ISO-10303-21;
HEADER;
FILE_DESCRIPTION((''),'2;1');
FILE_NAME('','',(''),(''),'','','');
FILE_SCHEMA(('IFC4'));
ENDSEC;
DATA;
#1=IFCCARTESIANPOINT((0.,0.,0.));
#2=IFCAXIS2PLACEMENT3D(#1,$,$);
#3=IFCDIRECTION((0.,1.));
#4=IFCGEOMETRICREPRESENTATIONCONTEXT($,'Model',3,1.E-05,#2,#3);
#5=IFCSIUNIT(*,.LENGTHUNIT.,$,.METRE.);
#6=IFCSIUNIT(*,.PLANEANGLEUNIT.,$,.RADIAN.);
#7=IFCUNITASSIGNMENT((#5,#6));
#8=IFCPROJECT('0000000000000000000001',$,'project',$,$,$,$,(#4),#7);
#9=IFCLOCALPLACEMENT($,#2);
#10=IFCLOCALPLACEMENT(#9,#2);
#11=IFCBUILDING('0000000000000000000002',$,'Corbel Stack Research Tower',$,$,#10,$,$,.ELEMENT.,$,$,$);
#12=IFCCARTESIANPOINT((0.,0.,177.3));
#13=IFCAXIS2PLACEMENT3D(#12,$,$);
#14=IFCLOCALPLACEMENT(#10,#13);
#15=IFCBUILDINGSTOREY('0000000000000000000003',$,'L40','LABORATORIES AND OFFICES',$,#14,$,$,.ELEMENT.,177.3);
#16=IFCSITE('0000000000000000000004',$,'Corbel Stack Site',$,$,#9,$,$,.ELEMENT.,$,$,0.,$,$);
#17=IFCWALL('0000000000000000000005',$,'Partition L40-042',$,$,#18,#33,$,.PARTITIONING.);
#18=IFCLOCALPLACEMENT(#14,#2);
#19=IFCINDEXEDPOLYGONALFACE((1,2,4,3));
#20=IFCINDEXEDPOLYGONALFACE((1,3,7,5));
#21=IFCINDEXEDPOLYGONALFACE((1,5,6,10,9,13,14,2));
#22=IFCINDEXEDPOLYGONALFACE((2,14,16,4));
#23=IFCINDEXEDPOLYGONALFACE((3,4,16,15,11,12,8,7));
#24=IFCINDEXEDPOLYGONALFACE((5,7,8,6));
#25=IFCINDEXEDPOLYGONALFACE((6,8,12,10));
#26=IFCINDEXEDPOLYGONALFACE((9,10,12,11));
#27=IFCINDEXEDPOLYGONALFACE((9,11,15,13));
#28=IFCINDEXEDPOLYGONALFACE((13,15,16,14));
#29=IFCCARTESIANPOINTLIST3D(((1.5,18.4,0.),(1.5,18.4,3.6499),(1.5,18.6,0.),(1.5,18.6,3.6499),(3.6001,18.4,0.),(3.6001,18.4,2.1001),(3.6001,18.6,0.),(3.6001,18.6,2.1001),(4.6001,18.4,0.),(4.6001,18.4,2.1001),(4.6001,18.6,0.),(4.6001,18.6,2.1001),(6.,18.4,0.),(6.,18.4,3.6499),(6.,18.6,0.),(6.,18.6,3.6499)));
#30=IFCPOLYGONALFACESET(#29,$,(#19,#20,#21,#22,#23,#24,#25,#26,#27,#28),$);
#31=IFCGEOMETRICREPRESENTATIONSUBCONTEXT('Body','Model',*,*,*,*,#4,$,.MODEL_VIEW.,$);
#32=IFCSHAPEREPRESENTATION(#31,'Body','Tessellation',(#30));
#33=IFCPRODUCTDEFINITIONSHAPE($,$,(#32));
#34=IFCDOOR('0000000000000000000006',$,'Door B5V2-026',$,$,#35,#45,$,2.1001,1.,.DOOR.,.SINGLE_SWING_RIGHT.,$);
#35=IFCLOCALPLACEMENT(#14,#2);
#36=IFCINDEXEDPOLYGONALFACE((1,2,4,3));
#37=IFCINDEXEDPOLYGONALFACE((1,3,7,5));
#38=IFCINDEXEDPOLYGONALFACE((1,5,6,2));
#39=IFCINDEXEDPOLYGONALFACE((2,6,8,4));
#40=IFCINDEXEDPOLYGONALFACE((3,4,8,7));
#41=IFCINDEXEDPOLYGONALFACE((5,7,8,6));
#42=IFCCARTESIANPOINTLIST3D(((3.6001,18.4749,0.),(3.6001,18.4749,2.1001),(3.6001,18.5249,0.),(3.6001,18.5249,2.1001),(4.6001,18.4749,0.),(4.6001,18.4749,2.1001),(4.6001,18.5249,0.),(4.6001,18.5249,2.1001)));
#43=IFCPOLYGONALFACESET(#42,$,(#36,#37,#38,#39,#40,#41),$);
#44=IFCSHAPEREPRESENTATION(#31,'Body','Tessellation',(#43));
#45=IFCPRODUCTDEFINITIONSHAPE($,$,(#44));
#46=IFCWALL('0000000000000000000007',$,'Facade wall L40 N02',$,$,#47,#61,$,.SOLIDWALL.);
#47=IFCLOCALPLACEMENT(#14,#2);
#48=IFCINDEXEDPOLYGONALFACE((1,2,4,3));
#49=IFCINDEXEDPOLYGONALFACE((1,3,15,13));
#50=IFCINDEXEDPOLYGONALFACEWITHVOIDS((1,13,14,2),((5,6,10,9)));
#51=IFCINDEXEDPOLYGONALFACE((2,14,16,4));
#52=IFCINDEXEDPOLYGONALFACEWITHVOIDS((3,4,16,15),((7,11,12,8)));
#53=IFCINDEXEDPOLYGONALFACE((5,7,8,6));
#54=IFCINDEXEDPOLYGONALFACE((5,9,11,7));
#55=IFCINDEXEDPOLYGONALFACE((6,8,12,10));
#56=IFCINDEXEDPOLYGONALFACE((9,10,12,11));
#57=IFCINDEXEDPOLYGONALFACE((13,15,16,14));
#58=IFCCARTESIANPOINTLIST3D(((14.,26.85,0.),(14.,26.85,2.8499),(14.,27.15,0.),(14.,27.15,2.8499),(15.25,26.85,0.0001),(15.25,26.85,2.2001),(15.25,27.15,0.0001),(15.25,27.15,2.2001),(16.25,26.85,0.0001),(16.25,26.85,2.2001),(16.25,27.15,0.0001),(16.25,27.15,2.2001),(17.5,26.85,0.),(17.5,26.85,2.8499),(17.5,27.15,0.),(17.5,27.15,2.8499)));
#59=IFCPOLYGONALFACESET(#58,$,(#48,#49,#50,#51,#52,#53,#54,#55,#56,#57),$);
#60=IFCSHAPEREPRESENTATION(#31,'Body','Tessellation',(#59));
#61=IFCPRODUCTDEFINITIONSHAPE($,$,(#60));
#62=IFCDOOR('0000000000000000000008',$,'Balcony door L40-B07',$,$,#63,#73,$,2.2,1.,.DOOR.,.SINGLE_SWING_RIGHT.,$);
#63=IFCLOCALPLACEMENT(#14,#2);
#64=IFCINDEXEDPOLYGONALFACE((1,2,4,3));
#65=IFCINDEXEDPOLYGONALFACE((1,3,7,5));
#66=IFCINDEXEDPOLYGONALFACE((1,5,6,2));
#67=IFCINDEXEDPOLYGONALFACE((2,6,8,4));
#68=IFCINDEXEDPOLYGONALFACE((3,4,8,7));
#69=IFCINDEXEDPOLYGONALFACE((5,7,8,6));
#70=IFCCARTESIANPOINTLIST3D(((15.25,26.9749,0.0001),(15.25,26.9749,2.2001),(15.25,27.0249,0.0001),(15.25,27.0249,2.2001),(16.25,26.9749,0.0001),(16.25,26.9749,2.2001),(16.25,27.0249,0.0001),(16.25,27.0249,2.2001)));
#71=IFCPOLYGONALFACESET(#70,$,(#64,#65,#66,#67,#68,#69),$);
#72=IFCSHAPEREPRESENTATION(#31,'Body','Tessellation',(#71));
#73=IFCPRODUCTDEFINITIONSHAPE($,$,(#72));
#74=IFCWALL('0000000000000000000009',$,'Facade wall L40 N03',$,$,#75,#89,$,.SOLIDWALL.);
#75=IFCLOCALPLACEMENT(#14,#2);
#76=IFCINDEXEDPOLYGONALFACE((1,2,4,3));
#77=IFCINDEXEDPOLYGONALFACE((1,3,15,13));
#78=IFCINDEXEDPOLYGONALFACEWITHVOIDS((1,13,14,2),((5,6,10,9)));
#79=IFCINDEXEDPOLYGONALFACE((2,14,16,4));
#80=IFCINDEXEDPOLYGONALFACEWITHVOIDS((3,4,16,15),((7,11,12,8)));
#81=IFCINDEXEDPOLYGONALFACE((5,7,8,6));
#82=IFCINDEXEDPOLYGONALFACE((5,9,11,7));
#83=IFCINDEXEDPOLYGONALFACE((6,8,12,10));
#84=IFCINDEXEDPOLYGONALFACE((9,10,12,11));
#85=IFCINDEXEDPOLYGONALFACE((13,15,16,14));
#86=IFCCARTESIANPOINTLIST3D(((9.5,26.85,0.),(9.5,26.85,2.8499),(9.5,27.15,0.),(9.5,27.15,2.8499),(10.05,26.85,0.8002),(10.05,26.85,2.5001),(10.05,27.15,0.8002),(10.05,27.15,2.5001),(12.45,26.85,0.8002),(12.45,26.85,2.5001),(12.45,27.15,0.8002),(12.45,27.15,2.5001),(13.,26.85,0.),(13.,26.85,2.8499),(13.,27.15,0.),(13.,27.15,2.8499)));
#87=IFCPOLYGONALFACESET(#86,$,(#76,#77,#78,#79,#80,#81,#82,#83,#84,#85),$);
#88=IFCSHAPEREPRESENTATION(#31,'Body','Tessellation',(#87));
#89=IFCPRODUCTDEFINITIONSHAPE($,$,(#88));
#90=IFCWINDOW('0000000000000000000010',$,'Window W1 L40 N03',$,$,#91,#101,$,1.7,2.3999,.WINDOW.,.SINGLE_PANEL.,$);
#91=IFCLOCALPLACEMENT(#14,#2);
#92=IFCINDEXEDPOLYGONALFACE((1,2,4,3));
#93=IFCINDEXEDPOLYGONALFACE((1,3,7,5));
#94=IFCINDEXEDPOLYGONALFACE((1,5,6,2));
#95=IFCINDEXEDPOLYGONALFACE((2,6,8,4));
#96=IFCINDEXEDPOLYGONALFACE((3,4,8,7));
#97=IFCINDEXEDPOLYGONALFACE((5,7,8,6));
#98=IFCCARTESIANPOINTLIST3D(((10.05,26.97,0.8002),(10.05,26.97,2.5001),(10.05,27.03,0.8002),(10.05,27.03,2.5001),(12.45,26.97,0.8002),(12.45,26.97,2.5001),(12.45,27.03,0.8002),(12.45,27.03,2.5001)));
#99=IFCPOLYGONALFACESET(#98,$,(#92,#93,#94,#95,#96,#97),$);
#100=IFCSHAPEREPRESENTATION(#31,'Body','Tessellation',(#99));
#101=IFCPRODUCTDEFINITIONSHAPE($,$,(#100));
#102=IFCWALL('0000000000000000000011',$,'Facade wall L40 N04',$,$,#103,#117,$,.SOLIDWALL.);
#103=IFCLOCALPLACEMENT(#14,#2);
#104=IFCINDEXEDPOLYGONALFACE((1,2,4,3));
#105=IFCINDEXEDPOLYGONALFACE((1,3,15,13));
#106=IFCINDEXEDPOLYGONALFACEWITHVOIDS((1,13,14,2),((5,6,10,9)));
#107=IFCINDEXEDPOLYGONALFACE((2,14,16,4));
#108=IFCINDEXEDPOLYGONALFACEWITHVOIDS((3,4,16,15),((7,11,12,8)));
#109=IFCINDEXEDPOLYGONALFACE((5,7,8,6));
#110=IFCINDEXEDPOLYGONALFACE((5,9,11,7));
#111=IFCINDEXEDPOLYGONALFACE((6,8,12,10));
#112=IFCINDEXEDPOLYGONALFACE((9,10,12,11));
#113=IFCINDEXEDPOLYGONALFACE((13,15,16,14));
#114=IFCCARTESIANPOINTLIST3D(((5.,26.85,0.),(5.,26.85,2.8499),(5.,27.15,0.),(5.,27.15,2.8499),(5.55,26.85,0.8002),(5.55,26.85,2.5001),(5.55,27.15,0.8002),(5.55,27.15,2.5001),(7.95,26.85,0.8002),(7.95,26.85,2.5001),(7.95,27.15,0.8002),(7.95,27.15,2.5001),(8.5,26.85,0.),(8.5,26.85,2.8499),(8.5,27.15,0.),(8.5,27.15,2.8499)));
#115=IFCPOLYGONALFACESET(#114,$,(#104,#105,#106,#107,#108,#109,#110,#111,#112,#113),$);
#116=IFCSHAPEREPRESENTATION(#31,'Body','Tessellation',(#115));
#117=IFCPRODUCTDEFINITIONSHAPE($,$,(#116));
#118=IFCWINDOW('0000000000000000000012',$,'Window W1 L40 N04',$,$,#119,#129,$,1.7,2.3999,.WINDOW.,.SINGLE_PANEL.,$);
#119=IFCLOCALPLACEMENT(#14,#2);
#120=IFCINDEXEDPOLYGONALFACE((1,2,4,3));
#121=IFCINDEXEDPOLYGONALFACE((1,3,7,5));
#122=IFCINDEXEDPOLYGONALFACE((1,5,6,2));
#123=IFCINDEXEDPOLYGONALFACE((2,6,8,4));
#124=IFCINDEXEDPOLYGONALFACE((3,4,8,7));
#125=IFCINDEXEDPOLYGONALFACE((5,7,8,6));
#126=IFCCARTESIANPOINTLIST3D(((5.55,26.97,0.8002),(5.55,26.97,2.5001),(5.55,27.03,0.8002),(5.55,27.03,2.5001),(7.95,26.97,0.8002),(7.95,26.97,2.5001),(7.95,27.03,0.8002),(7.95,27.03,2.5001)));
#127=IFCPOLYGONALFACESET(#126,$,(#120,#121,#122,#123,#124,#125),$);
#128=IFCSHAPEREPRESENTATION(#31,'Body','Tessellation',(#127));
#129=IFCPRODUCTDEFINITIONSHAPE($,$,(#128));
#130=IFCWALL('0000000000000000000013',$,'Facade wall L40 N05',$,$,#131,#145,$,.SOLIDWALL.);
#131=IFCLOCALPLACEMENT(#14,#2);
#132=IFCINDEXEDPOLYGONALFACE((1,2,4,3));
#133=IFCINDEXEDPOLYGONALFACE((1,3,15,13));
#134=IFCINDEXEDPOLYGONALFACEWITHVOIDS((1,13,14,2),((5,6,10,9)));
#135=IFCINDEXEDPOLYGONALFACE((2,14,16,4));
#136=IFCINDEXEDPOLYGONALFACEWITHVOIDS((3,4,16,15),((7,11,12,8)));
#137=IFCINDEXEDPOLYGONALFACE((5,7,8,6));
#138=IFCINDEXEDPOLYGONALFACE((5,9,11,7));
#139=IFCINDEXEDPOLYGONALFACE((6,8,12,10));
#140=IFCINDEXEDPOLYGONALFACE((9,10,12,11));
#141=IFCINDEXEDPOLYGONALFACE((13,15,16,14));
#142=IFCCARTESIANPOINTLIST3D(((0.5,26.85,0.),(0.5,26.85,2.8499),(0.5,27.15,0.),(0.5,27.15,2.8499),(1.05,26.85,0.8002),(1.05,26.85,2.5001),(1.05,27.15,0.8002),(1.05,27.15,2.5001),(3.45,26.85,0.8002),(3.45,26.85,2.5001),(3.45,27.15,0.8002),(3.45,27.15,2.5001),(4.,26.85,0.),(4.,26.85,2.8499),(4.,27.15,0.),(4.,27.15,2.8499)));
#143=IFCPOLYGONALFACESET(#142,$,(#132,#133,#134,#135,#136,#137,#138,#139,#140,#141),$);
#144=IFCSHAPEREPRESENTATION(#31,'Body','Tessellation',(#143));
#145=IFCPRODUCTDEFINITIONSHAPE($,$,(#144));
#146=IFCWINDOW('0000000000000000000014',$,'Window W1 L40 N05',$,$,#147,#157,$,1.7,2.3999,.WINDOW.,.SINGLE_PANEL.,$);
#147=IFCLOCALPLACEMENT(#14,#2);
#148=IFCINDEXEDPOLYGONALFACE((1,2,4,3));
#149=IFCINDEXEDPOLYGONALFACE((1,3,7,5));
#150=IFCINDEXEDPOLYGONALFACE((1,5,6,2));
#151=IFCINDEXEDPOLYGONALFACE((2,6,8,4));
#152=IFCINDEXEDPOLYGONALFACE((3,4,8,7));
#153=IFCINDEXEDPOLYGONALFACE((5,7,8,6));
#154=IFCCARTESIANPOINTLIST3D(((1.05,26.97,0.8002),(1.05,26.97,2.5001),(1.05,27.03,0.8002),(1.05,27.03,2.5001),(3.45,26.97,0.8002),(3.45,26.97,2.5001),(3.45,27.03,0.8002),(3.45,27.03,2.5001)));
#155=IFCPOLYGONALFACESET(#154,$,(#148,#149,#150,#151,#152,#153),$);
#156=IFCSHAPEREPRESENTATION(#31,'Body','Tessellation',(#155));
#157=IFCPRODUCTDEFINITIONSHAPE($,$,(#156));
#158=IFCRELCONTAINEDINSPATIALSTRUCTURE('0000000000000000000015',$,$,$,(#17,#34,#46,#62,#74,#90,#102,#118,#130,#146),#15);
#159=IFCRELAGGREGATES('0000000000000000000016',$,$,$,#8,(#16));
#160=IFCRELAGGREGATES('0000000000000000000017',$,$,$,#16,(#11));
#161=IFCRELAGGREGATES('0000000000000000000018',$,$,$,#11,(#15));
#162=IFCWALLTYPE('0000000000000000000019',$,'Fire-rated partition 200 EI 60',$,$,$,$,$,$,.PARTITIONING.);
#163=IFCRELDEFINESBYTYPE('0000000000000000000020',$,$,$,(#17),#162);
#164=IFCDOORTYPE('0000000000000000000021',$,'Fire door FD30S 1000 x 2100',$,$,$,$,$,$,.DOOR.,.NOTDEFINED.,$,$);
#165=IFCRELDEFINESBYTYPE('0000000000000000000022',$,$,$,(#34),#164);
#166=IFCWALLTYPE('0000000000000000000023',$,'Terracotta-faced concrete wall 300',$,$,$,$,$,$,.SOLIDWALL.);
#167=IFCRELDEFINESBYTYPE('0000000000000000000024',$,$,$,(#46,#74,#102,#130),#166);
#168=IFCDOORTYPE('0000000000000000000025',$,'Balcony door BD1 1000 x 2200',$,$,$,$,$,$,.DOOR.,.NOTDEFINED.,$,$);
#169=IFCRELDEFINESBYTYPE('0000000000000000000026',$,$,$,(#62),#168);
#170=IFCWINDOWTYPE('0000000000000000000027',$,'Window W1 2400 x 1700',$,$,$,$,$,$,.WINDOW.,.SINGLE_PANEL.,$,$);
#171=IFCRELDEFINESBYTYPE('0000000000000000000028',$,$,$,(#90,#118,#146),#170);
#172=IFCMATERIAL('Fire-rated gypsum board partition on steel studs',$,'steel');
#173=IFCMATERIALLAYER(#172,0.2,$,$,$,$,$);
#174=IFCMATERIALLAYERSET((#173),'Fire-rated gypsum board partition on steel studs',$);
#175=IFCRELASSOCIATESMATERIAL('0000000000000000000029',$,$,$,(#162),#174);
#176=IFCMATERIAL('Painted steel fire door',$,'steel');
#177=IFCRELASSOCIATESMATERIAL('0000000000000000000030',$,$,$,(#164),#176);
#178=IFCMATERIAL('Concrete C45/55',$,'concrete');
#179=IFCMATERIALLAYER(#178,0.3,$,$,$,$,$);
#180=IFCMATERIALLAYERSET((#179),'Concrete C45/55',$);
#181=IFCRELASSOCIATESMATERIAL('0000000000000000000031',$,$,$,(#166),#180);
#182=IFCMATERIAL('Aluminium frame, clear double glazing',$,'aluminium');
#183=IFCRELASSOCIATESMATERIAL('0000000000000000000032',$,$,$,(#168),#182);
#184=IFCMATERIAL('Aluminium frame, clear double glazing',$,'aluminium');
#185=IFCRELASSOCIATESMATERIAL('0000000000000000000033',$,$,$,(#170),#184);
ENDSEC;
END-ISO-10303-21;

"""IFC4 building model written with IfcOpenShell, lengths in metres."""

from ifc_helpers import new_model, si_unit, direction, frame, frame_2d, origin, place, context, subcontext, project, spatial, rectangle, extrude, material, layer, layer_set, type_object, element, fill, save


model = new_model("IFC4")

# Units and contexts
model_context = context("Model", 3, precision=1e-05, world=origin(), true_north=direction((0.0, 1.0)))
body_context = subcontext(model_context, "Body", "Model", "MODEL_VIEW")
ifc_project = project(units=[si_unit("LENGTHUNIT", "METRE"), si_unit("PLANEANGLEUNIT", "RADIAN")], contexts=[model_context])

# Site, building, storey
site_placement = place(None, origin())
site = spatial("IfcSite", under=ifc_project, at=site_placement, Name="Corbel Stack Site", CompositionType="ELEMENT", RefElevation=0.0)
building_placement = place(site_placement, origin())
building = spatial("IfcBuilding", under=site, at=building_placement, Name="Corbel Stack Research Tower", CompositionType="ELEMENT")
storey_placement = place(building_placement, frame((0.0, 0.0, 177.3)))
storey = spatial("IfcBuildingStorey", under=building, at=storey_placement, Name="L40", Description="LABORATORIES AND OFFICES", CompositionType="ELEMENT", Elevation=177.3)

# Shared definitions
ifc_material_1 = material(Name="Fire-rated gypsum board partition on steel studs", Category="steel")
ifc_layer_1 = layer(ifc_material_1, 0.2)
ifc_layer_set_1 = layer_set([ifc_layer_1], Name="Fire-rated gypsum board partition on steel studs")
wall_type_1 = type_object("IfcWallType", Name="Fire-rated partition 200 EI 60", PredefinedType="PARTITIONING", material=ifc_layer_set_1)

# Walls, openings, doors
wall_1_placement = place(storey_placement, frame((1.5, 18.5, 0.0), z_axis=(0.0, 0.0, 1.0), x_axis=(1.0, 0.0, 0.0)))
wall_1 = element("IfcWall", 1, at=wall_1_placement, inside=storey, type_object=wall_type_1, Name="Partition L40-042", PredefinedType="PARTITIONING", context=body_context, shape_type="SweptSolid", body=[
    extrude(rectangle(XDim=4.5, YDim=0.2, at=frame_2d((2.25, 0.0))), origin(), (0.0, 0.0, 1.0), 3.6499),
])
opening_1_placement = place(wall_1_placement, frame((2.1001, 0.0, 0.0)))
opening_1 = element("IfcOpeningElement", 2, at=opening_1_placement, cuts=wall_1, PredefinedType="OPENING", context=body_context, shape_type="SweptSolid", body=[
    extrude(rectangle(XDim=1.0, YDim=2.1001, at=frame_2d((0.5, 1.05))), frame((0.0, 0.1099, 0.0), z_axis=(0.0, -1.0, 0.0), x_axis=(1.0, 0.0, 0.0)), (0.0, 0.0, 1.0), 0.22),
])
ifc_material_2 = material(Name="Painted steel fire door", Category="steel")
door_type_1 = type_object("IfcDoorType", Name="Fire door FD30S 1000 x 2100", OperationType="NOTDEFINED", PredefinedType="DOOR", material=ifc_material_2)
door_1_placement = place(opening_1_placement, origin())
door_1 = element("IfcDoor", 3, at=door_1_placement, inside=storey, type_object=door_type_1, Name="Door B5V2-026", OperationType="SINGLE_SWING_RIGHT", OverallHeight=2.1001, OverallWidth=1.0, PredefinedType="DOOR", context=body_context, shape_type="SweptSolid", body=[
    extrude(rectangle(XDim=1.0, YDim=2.1001, at=frame_2d((0.5, 1.05))), frame((0.0, 0.0249, 0.0), z_axis=(0.0, -1.0, 0.0), x_axis=(1.0, 0.0, 0.0)), (0.0, 0.0, 1.0), 0.05),
])
fill(opening_1, door_1)
ifc_material_3 = material(Name="Concrete C45/55", Category="concrete")
ifc_layer_2 = layer(ifc_material_3, 0.3)
ifc_layer_set_2 = layer_set([ifc_layer_2], Name="Concrete C45/55")
wall_type_2 = type_object("IfcWallType", Name="Terracotta-faced concrete wall 300", PredefinedType="SOLIDWALL", material=ifc_layer_set_2)
wall_2_placement = place(storey_placement, frame((14.0, 27.0, 0.0), z_axis=(0.0, 0.0, 1.0), x_axis=(1.0, 0.0, 0.0)))
wall_2 = element("IfcWall", 4, at=wall_2_placement, inside=storey, type_object=wall_type_2, Name="Facade wall L40 N02", PredefinedType="SOLIDWALL", context=body_context, shape_type="SweptSolid", body=[
    extrude(rectangle(XDim=3.5, YDim=0.3, at=frame_2d((1.75, 0.0))), origin(), (0.0, 0.0, 1.0), 2.8499),
])
opening_2_placement = place(wall_2_placement, frame((1.25, 0.0, 0.0)))
opening_2 = element("IfcOpeningElement", 5, at=opening_2_placement, cuts=wall_2, PredefinedType="OPENING", context=body_context, shape_type="SweptSolid", body=[
    extrude(rectangle(XDim=1.0, YDim=2.2, at=frame_2d((0.5, 1.1001))), frame((0.0, 0.1599, 0.0), z_axis=(0.0, -1.0, 0.0), x_axis=(1.0, 0.0, 0.0)), (0.0, 0.0, 1.0), 0.3201),
])
ifc_material_4 = material(Name="Aluminium frame, clear double glazing", Category="aluminium")
door_type_2 = type_object("IfcDoorType", Name="Balcony door BD1 1000 x 2200", OperationType="NOTDEFINED", PredefinedType="DOOR", material=ifc_material_4)
door_2_placement = place(opening_2_placement, origin())
door_2 = element("IfcDoor", 6, at=door_2_placement, inside=storey, type_object=door_type_2, Name="Balcony door L40-B07", OperationType="SINGLE_SWING_RIGHT", OverallHeight=2.2, OverallWidth=1.0, PredefinedType="DOOR", context=body_context, shape_type="SweptSolid", body=[
    extrude(rectangle(XDim=1.0, YDim=2.2, at=frame_2d((0.5, 1.1001))), frame((0.0, 0.0249, 0.0), z_axis=(0.0, -1.0, 0.0), x_axis=(1.0, 0.0, 0.0)), (0.0, 0.0, 1.0), 0.05),
])
fill(opening_2, door_2)

# Walls, openings, windows
wall_3_placement = place(storey_placement, frame((9.5, 27.0, 0.0), z_axis=(0.0, 0.0, 1.0), x_axis=(1.0, 0.0, 0.0)))
wall_3 = element("IfcWall", 7, at=wall_3_placement, inside=storey, type_object=wall_type_2, Name="Facade wall L40 N03", PredefinedType="SOLIDWALL", context=body_context, shape_type="SweptSolid", body=[
    extrude(rectangle(XDim=3.5, YDim=0.3, at=frame_2d((1.75, 0.0))), origin(), (0.0, 0.0, 1.0), 2.8499),
])
opening_3_placement = place(wall_3_placement, frame((0.55, 0.0, 0.8)))
opening_3 = element("IfcOpeningElement", 8, at=opening_3_placement, cuts=wall_3, PredefinedType="OPENING", context=body_context, shape_type="SweptSolid", body=[
    extrude(rectangle(XDim=2.3999, YDim=1.7, at=frame_2d((1.2, 0.8501))), frame((0.0, 0.1599, 0.0), z_axis=(0.0, -1.0, 0.0), x_axis=(1.0, 0.0, 0.0)), (0.0, 0.0, 1.0), 0.3201),
])
ifc_material_5 = material(Name="Aluminium frame, clear double glazing", Category="aluminium")
window_type = type_object("IfcWindowType", Name="Window W1 2400 x 1700", PartitioningType="SINGLE_PANEL", PredefinedType="WINDOW", material=ifc_material_5)
window_1_placement = place(opening_3_placement, origin())
window_1 = element("IfcWindow", 9, at=window_1_placement, inside=storey, type_object=window_type, Name="Window W1 L40 N03", OverallHeight=1.7, OverallWidth=2.3999, PartitioningType="SINGLE_PANEL", PredefinedType="WINDOW", context=body_context, shape_type="SweptSolid", body=[
    extrude(rectangle(XDim=2.3999, YDim=1.7, at=frame_2d((1.2, 0.8501))), frame((0.0, 0.03, 0.0), z_axis=(0.0, -1.0, 0.0), x_axis=(1.0, 0.0, 0.0)), (0.0, 0.0, 1.0), 0.0601),
])
fill(opening_3, window_1)
wall_4_placement = place(storey_placement, frame((5.0, 27.0, 0.0), z_axis=(0.0, 0.0, 1.0), x_axis=(1.0, 0.0, 0.0)))
wall_4 = element("IfcWall", 10, at=wall_4_placement, inside=storey, type_object=wall_type_2, Name="Facade wall L40 N04", PredefinedType="SOLIDWALL", context=body_context, shape_type="SweptSolid", body=[
    extrude(rectangle(XDim=3.5, YDim=0.3, at=frame_2d((1.75, 0.0))), origin(), (0.0, 0.0, 1.0), 2.8499),
])
opening_4_placement = place(wall_4_placement, frame((0.55, 0.0, 0.8)))
opening_4 = element("IfcOpeningElement", 11, at=opening_4_placement, cuts=wall_4, PredefinedType="OPENING", context=body_context, shape_type="SweptSolid", body=[
    extrude(rectangle(XDim=2.3999, YDim=1.7, at=frame_2d((1.2, 0.8501))), frame((0.0, 0.1599, 0.0), z_axis=(0.0, -1.0, 0.0), x_axis=(1.0, 0.0, 0.0)), (0.0, 0.0, 1.0), 0.3201),
])
window_2_placement = place(opening_4_placement, origin())
window_2 = element("IfcWindow", 12, at=window_2_placement, inside=storey, type_object=window_type, Name="Window W1 L40 N04", OverallHeight=1.7, OverallWidth=2.3999, PartitioningType="SINGLE_PANEL", PredefinedType="WINDOW", context=body_context, shape_type="SweptSolid", body=[
    extrude(rectangle(XDim=2.3999, YDim=1.7, at=frame_2d((1.2, 0.8501))), frame((0.0, 0.03, 0.0), z_axis=(0.0, -1.0, 0.0), x_axis=(1.0, 0.0, 0.0)), (0.0, 0.0, 1.0), 0.0601),
])
fill(opening_4, window_2)
wall_5_placement = place(storey_placement, frame((0.5, 27.0, 0.0), z_axis=(0.0, 0.0, 1.0), x_axis=(1.0, 0.0, 0.0)))
wall_5 = element("IfcWall", 13, at=wall_5_placement, inside=storey, type_object=wall_type_2, Name="Facade wall L40 N05", PredefinedType="SOLIDWALL", context=body_context, shape_type="SweptSolid", body=[
    extrude(rectangle(XDim=3.5, YDim=0.3, at=frame_2d((1.75, 0.0))), origin(), (0.0, 0.0, 1.0), 2.8499),
])
opening_5_placement = place(wall_5_placement, frame((0.55, 0.0, 0.8)))
opening_5 = element("IfcOpeningElement", 14, at=opening_5_placement, cuts=wall_5, PredefinedType="OPENING", context=body_context, shape_type="SweptSolid", body=[
    extrude(rectangle(XDim=2.3999, YDim=1.7, at=frame_2d((1.2, 0.8501))), frame((0.0, 0.1599, 0.0), z_axis=(0.0, -1.0, 0.0), x_axis=(1.0, 0.0, 0.0)), (0.0, 0.0, 1.0), 0.3201),
])
window_3_placement = place(opening_5_placement, origin())
window_3 = element("IfcWindow", 15, at=window_3_placement, inside=storey, type_object=window_type, Name="Window W1 L40 N05", OverallHeight=1.7, OverallWidth=2.3999, PartitioningType="SINGLE_PANEL", PredefinedType="WINDOW", context=body_context, shape_type="SweptSolid", body=[
    extrude(rectangle(XDim=2.3999, YDim=1.7, at=frame_2d((1.2, 0.8501))), frame((0.0, 0.03, 0.0), z_axis=(0.0, -1.0, 0.0), x_axis=(1.0, 0.0, 0.0)), (0.0, 0.0, 1.0), 0.0601),
])
fill(opening_5, window_3)

save(model, "model.ifc")
